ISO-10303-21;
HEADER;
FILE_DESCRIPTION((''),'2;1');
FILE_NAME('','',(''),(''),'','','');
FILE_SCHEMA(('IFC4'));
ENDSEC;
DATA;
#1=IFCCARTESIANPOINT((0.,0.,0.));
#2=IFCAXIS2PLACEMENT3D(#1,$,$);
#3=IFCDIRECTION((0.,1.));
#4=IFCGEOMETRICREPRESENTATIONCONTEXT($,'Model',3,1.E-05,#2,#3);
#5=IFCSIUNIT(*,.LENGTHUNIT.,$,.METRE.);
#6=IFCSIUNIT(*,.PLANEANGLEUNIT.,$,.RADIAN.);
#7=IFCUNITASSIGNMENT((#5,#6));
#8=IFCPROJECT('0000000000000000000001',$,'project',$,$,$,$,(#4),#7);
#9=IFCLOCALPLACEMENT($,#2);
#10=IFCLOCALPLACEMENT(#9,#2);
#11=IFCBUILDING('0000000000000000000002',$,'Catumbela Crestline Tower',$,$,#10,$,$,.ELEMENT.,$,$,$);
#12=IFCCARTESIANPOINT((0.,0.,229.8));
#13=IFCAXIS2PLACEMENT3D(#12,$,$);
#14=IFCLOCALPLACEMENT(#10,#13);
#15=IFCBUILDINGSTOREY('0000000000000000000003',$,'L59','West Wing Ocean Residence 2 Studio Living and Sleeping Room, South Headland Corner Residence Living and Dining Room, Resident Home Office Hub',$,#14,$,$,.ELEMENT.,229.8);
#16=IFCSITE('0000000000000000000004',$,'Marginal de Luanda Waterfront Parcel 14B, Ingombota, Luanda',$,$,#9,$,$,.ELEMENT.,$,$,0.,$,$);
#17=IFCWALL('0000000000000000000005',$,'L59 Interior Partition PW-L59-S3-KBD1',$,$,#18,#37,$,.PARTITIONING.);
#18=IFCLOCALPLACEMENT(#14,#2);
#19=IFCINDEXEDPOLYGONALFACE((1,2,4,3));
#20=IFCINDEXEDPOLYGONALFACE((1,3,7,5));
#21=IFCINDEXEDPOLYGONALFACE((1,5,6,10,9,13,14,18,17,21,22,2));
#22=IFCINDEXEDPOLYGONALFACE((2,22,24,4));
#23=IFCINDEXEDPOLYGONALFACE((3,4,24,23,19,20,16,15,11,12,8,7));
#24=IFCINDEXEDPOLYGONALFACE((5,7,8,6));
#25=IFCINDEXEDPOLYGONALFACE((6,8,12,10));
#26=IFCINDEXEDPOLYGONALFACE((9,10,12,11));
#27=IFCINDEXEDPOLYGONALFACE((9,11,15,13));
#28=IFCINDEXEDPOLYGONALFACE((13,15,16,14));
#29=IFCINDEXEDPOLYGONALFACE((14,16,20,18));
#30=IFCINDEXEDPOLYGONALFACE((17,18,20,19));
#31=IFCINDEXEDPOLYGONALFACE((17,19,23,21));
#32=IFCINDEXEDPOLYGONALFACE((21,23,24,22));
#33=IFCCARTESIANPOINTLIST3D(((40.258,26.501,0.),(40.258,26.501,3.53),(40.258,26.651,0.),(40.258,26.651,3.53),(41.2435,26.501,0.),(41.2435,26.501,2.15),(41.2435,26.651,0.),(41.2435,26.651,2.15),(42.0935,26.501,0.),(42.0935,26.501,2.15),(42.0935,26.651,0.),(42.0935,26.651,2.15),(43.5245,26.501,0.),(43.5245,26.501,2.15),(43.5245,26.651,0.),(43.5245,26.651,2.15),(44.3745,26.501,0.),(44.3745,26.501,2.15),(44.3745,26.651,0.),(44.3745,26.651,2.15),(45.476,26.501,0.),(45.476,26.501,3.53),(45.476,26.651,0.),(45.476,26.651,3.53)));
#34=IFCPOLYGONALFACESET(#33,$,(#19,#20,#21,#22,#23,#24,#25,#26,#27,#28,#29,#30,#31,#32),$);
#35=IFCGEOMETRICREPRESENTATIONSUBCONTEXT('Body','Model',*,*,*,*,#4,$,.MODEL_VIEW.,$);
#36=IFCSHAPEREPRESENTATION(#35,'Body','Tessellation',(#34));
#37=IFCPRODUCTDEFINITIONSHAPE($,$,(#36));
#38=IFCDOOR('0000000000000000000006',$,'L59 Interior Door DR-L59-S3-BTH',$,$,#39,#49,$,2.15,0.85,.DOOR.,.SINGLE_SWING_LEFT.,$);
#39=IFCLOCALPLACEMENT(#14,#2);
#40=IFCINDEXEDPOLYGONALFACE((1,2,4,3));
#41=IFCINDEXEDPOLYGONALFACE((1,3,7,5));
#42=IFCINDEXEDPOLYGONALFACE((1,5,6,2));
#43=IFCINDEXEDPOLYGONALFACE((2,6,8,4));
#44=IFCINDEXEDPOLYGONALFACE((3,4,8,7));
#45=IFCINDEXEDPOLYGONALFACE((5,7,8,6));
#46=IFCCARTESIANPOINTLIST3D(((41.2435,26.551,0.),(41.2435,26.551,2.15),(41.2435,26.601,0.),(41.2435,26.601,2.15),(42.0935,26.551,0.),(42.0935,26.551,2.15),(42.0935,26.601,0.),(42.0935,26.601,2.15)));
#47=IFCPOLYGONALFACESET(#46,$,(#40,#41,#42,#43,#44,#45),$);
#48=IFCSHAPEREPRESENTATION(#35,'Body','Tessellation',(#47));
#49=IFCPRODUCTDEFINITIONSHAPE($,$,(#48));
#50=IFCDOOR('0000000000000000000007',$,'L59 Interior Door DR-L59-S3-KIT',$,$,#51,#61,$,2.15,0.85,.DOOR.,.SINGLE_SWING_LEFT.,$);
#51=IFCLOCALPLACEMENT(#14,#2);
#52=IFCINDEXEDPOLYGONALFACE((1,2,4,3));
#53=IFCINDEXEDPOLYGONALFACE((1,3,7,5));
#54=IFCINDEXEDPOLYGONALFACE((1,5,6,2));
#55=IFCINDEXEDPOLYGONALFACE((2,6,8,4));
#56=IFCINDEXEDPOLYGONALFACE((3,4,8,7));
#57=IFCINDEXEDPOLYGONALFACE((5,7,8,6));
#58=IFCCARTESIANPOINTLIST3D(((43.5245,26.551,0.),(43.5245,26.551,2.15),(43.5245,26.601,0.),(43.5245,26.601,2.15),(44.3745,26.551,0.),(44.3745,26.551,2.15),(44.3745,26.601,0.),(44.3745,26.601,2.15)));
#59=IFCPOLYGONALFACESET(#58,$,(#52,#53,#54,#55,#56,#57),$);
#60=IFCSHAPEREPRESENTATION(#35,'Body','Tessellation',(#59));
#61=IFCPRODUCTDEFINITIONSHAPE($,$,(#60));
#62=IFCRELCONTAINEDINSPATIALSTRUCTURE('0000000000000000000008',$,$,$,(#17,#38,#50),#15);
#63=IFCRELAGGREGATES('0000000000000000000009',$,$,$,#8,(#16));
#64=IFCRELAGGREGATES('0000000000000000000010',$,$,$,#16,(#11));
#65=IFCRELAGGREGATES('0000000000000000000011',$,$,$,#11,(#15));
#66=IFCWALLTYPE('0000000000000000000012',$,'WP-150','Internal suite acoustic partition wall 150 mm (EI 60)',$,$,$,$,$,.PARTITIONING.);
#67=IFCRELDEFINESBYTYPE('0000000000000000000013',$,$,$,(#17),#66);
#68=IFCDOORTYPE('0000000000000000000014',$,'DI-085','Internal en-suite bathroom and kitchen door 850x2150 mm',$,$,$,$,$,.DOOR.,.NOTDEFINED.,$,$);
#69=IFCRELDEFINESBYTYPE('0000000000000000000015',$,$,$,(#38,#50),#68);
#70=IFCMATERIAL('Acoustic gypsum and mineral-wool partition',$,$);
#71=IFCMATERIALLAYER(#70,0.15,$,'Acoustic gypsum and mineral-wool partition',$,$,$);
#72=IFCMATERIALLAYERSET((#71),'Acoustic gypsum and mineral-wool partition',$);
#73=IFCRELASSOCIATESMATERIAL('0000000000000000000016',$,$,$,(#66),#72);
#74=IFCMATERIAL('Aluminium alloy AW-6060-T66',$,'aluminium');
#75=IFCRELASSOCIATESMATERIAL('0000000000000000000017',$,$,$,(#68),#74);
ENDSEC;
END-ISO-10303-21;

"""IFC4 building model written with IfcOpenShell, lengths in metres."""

from ifc_helpers import new_model, si_unit, direction, frame, frame_2d, origin, place, context, subcontext, project, spatial, rectangle, extrude, material, layer, layer_set, type_object, element, fill, save


model = new_model("IFC4")

# Units and contexts
model_context = context("Model", 3, precision=1e-05, world=origin(), true_north=direction((0.0, 1.0)))
body_context = subcontext(model_context, "Body", "Model", "MODEL_VIEW")
ifc_project = project(units=[si_unit("LENGTHUNIT", "METRE"), si_unit("PLANEANGLEUNIT", "RADIAN")], contexts=[model_context])

# Site, building, storey
site_placement = place(None, origin())
site = spatial("IfcSite", under=ifc_project, at=site_placement, Name="Marginal de Luanda Waterfront Parcel 14B, Ingombota, Luanda", CompositionType="ELEMENT", RefElevation=0.0)
building_placement = place(site_placement, origin())
building = spatial("IfcBuilding", under=site, at=building_placement, Name="Catumbela Crestline Tower", CompositionType="ELEMENT")
storey_placement = place(building_placement, frame((0.0, 0.0, 229.8)))
storey = spatial("IfcBuildingStorey", under=building, at=storey_placement, Name="L59", Description="West Wing Ocean Residence 2 Studio Living and Sleeping Room, South Headland Corner Residence Living and Dining Room, Resident Home Office Hub", CompositionType="ELEMENT", Elevation=229.8)

# Shared definitions
ifc_material_1 = material(Name="Aluminium alloy AW-6060-T66", Category="aluminium")

# Shared definitions
ifc_material_2 = material(Name="Acoustic gypsum and mineral-wool partition")

# Shared definitions
ifc_layer_1 = layer(ifc_material_2, 0.15, Name="Acoustic gypsum and mineral-wool partition")
ifc_layer_set_1 = layer_set([ifc_layer_1], Name="Acoustic gypsum and mineral-wool partition")
wall_type_1 = type_object("IfcWallType", Name="WP-150", Description="Internal suite acoustic partition wall 150 mm (EI 60)", PredefinedType="PARTITIONING", material=ifc_layer_set_1)

# Shared definitions
door_type_1 = type_object("IfcDoorType", Name="DI-085", Description="Internal en-suite bathroom and kitchen door 850x2150 mm", OperationType="NOTDEFINED", PredefinedType="DOOR", material=ifc_material_1)

# Wall, openings, doors
wall_1_placement = place(storey_placement, frame((40.258, 26.576, 0.0), z_axis=(0.0, 0.0, 1.0), x_axis=(1.0, 0.0, 0.0)))
wall_1 = element("IfcWall", 1, at=wall_1_placement, inside=storey, type_object=wall_type_1, Name="L59 Interior Partition PW-L59-S3-KBD1", PredefinedType="PARTITIONING", context=body_context, shape_type="SweptSolid", body=[
    extrude(rectangle(XDim=5.218, YDim=0.15, at=frame_2d((2.609, 0.0))), origin(), (0.0, 0.0, 1.0), 3.53),
])
opening_1_placement = place(wall_1_placement, frame((0.9855, 0.0, 0.0)))
opening_1 = element("IfcOpeningElement", 2, at=opening_1_placement, cuts=wall_1, PredefinedType="OPENING", context=body_context, shape_type="SweptSolid", body=[
    extrude(rectangle(XDim=0.85, YDim=2.15, at=frame_2d((0.425, 1.075))), frame((0.0, 0.085, 0.0), z_axis=(0.0, -1.0, 0.0), x_axis=(1.0, 0.0, 0.0)), (0.0, 0.0, 1.0), 0.17),
])
opening_2_placement = place(wall_1_placement, frame((3.2665, 0.0, 0.0)))
opening_2 = element("IfcOpeningElement", 3, at=opening_2_placement, cuts=wall_1, PredefinedType="OPENING", context=body_context, shape_type="SweptSolid", body=[
    extrude(rectangle(XDim=0.85, YDim=2.15, at=frame_2d((0.425, 1.075))), frame((0.0, 0.085, 0.0), z_axis=(0.0, -1.0, 0.0), x_axis=(1.0, 0.0, 0.0)), (0.0, 0.0, 1.0), 0.17),
])
door_1_placement = place(opening_1_placement, origin())
door_1 = element("IfcDoor", 4, at=door_1_placement, inside=storey, type_object=door_type_1, Name="L59 Interior Door DR-L59-S3-BTH", OperationType="SINGLE_SWING_LEFT", OverallHeight=2.15, OverallWidth=0.85, PredefinedType="DOOR", context=body_context, shape_type="SweptSolid", body=[
    extrude(rectangle(XDim=0.85, YDim=2.15, at=frame_2d((0.425, 1.075))), frame((0.0, 0.025, 0.0), z_axis=(0.0, -1.0, 0.0), x_axis=(1.0, 0.0, 0.0)), (0.0, 0.0, 1.0), 0.05),
])
fill(opening_1, door_1)
door_2_placement = place(opening_2_placement, origin())
door_2 = element("IfcDoor", 5, at=door_2_placement, inside=storey, type_object=door_type_1, Name="L59 Interior Door DR-L59-S3-KIT", OperationType="SINGLE_SWING_LEFT", OverallHeight=2.15, OverallWidth=0.85, PredefinedType="DOOR", context=body_context, shape_type="SweptSolid", body=[
    extrude(rectangle(XDim=0.85, YDim=2.15, at=frame_2d((0.425, 1.075))), frame((0.0, 0.025, 0.0), z_axis=(0.0, -1.0, 0.0), x_axis=(1.0, 0.0, 0.0)), (0.0, 0.0, 1.0), 0.05),
])
fill(opening_2, door_2)

save(model, "model.ifc")
